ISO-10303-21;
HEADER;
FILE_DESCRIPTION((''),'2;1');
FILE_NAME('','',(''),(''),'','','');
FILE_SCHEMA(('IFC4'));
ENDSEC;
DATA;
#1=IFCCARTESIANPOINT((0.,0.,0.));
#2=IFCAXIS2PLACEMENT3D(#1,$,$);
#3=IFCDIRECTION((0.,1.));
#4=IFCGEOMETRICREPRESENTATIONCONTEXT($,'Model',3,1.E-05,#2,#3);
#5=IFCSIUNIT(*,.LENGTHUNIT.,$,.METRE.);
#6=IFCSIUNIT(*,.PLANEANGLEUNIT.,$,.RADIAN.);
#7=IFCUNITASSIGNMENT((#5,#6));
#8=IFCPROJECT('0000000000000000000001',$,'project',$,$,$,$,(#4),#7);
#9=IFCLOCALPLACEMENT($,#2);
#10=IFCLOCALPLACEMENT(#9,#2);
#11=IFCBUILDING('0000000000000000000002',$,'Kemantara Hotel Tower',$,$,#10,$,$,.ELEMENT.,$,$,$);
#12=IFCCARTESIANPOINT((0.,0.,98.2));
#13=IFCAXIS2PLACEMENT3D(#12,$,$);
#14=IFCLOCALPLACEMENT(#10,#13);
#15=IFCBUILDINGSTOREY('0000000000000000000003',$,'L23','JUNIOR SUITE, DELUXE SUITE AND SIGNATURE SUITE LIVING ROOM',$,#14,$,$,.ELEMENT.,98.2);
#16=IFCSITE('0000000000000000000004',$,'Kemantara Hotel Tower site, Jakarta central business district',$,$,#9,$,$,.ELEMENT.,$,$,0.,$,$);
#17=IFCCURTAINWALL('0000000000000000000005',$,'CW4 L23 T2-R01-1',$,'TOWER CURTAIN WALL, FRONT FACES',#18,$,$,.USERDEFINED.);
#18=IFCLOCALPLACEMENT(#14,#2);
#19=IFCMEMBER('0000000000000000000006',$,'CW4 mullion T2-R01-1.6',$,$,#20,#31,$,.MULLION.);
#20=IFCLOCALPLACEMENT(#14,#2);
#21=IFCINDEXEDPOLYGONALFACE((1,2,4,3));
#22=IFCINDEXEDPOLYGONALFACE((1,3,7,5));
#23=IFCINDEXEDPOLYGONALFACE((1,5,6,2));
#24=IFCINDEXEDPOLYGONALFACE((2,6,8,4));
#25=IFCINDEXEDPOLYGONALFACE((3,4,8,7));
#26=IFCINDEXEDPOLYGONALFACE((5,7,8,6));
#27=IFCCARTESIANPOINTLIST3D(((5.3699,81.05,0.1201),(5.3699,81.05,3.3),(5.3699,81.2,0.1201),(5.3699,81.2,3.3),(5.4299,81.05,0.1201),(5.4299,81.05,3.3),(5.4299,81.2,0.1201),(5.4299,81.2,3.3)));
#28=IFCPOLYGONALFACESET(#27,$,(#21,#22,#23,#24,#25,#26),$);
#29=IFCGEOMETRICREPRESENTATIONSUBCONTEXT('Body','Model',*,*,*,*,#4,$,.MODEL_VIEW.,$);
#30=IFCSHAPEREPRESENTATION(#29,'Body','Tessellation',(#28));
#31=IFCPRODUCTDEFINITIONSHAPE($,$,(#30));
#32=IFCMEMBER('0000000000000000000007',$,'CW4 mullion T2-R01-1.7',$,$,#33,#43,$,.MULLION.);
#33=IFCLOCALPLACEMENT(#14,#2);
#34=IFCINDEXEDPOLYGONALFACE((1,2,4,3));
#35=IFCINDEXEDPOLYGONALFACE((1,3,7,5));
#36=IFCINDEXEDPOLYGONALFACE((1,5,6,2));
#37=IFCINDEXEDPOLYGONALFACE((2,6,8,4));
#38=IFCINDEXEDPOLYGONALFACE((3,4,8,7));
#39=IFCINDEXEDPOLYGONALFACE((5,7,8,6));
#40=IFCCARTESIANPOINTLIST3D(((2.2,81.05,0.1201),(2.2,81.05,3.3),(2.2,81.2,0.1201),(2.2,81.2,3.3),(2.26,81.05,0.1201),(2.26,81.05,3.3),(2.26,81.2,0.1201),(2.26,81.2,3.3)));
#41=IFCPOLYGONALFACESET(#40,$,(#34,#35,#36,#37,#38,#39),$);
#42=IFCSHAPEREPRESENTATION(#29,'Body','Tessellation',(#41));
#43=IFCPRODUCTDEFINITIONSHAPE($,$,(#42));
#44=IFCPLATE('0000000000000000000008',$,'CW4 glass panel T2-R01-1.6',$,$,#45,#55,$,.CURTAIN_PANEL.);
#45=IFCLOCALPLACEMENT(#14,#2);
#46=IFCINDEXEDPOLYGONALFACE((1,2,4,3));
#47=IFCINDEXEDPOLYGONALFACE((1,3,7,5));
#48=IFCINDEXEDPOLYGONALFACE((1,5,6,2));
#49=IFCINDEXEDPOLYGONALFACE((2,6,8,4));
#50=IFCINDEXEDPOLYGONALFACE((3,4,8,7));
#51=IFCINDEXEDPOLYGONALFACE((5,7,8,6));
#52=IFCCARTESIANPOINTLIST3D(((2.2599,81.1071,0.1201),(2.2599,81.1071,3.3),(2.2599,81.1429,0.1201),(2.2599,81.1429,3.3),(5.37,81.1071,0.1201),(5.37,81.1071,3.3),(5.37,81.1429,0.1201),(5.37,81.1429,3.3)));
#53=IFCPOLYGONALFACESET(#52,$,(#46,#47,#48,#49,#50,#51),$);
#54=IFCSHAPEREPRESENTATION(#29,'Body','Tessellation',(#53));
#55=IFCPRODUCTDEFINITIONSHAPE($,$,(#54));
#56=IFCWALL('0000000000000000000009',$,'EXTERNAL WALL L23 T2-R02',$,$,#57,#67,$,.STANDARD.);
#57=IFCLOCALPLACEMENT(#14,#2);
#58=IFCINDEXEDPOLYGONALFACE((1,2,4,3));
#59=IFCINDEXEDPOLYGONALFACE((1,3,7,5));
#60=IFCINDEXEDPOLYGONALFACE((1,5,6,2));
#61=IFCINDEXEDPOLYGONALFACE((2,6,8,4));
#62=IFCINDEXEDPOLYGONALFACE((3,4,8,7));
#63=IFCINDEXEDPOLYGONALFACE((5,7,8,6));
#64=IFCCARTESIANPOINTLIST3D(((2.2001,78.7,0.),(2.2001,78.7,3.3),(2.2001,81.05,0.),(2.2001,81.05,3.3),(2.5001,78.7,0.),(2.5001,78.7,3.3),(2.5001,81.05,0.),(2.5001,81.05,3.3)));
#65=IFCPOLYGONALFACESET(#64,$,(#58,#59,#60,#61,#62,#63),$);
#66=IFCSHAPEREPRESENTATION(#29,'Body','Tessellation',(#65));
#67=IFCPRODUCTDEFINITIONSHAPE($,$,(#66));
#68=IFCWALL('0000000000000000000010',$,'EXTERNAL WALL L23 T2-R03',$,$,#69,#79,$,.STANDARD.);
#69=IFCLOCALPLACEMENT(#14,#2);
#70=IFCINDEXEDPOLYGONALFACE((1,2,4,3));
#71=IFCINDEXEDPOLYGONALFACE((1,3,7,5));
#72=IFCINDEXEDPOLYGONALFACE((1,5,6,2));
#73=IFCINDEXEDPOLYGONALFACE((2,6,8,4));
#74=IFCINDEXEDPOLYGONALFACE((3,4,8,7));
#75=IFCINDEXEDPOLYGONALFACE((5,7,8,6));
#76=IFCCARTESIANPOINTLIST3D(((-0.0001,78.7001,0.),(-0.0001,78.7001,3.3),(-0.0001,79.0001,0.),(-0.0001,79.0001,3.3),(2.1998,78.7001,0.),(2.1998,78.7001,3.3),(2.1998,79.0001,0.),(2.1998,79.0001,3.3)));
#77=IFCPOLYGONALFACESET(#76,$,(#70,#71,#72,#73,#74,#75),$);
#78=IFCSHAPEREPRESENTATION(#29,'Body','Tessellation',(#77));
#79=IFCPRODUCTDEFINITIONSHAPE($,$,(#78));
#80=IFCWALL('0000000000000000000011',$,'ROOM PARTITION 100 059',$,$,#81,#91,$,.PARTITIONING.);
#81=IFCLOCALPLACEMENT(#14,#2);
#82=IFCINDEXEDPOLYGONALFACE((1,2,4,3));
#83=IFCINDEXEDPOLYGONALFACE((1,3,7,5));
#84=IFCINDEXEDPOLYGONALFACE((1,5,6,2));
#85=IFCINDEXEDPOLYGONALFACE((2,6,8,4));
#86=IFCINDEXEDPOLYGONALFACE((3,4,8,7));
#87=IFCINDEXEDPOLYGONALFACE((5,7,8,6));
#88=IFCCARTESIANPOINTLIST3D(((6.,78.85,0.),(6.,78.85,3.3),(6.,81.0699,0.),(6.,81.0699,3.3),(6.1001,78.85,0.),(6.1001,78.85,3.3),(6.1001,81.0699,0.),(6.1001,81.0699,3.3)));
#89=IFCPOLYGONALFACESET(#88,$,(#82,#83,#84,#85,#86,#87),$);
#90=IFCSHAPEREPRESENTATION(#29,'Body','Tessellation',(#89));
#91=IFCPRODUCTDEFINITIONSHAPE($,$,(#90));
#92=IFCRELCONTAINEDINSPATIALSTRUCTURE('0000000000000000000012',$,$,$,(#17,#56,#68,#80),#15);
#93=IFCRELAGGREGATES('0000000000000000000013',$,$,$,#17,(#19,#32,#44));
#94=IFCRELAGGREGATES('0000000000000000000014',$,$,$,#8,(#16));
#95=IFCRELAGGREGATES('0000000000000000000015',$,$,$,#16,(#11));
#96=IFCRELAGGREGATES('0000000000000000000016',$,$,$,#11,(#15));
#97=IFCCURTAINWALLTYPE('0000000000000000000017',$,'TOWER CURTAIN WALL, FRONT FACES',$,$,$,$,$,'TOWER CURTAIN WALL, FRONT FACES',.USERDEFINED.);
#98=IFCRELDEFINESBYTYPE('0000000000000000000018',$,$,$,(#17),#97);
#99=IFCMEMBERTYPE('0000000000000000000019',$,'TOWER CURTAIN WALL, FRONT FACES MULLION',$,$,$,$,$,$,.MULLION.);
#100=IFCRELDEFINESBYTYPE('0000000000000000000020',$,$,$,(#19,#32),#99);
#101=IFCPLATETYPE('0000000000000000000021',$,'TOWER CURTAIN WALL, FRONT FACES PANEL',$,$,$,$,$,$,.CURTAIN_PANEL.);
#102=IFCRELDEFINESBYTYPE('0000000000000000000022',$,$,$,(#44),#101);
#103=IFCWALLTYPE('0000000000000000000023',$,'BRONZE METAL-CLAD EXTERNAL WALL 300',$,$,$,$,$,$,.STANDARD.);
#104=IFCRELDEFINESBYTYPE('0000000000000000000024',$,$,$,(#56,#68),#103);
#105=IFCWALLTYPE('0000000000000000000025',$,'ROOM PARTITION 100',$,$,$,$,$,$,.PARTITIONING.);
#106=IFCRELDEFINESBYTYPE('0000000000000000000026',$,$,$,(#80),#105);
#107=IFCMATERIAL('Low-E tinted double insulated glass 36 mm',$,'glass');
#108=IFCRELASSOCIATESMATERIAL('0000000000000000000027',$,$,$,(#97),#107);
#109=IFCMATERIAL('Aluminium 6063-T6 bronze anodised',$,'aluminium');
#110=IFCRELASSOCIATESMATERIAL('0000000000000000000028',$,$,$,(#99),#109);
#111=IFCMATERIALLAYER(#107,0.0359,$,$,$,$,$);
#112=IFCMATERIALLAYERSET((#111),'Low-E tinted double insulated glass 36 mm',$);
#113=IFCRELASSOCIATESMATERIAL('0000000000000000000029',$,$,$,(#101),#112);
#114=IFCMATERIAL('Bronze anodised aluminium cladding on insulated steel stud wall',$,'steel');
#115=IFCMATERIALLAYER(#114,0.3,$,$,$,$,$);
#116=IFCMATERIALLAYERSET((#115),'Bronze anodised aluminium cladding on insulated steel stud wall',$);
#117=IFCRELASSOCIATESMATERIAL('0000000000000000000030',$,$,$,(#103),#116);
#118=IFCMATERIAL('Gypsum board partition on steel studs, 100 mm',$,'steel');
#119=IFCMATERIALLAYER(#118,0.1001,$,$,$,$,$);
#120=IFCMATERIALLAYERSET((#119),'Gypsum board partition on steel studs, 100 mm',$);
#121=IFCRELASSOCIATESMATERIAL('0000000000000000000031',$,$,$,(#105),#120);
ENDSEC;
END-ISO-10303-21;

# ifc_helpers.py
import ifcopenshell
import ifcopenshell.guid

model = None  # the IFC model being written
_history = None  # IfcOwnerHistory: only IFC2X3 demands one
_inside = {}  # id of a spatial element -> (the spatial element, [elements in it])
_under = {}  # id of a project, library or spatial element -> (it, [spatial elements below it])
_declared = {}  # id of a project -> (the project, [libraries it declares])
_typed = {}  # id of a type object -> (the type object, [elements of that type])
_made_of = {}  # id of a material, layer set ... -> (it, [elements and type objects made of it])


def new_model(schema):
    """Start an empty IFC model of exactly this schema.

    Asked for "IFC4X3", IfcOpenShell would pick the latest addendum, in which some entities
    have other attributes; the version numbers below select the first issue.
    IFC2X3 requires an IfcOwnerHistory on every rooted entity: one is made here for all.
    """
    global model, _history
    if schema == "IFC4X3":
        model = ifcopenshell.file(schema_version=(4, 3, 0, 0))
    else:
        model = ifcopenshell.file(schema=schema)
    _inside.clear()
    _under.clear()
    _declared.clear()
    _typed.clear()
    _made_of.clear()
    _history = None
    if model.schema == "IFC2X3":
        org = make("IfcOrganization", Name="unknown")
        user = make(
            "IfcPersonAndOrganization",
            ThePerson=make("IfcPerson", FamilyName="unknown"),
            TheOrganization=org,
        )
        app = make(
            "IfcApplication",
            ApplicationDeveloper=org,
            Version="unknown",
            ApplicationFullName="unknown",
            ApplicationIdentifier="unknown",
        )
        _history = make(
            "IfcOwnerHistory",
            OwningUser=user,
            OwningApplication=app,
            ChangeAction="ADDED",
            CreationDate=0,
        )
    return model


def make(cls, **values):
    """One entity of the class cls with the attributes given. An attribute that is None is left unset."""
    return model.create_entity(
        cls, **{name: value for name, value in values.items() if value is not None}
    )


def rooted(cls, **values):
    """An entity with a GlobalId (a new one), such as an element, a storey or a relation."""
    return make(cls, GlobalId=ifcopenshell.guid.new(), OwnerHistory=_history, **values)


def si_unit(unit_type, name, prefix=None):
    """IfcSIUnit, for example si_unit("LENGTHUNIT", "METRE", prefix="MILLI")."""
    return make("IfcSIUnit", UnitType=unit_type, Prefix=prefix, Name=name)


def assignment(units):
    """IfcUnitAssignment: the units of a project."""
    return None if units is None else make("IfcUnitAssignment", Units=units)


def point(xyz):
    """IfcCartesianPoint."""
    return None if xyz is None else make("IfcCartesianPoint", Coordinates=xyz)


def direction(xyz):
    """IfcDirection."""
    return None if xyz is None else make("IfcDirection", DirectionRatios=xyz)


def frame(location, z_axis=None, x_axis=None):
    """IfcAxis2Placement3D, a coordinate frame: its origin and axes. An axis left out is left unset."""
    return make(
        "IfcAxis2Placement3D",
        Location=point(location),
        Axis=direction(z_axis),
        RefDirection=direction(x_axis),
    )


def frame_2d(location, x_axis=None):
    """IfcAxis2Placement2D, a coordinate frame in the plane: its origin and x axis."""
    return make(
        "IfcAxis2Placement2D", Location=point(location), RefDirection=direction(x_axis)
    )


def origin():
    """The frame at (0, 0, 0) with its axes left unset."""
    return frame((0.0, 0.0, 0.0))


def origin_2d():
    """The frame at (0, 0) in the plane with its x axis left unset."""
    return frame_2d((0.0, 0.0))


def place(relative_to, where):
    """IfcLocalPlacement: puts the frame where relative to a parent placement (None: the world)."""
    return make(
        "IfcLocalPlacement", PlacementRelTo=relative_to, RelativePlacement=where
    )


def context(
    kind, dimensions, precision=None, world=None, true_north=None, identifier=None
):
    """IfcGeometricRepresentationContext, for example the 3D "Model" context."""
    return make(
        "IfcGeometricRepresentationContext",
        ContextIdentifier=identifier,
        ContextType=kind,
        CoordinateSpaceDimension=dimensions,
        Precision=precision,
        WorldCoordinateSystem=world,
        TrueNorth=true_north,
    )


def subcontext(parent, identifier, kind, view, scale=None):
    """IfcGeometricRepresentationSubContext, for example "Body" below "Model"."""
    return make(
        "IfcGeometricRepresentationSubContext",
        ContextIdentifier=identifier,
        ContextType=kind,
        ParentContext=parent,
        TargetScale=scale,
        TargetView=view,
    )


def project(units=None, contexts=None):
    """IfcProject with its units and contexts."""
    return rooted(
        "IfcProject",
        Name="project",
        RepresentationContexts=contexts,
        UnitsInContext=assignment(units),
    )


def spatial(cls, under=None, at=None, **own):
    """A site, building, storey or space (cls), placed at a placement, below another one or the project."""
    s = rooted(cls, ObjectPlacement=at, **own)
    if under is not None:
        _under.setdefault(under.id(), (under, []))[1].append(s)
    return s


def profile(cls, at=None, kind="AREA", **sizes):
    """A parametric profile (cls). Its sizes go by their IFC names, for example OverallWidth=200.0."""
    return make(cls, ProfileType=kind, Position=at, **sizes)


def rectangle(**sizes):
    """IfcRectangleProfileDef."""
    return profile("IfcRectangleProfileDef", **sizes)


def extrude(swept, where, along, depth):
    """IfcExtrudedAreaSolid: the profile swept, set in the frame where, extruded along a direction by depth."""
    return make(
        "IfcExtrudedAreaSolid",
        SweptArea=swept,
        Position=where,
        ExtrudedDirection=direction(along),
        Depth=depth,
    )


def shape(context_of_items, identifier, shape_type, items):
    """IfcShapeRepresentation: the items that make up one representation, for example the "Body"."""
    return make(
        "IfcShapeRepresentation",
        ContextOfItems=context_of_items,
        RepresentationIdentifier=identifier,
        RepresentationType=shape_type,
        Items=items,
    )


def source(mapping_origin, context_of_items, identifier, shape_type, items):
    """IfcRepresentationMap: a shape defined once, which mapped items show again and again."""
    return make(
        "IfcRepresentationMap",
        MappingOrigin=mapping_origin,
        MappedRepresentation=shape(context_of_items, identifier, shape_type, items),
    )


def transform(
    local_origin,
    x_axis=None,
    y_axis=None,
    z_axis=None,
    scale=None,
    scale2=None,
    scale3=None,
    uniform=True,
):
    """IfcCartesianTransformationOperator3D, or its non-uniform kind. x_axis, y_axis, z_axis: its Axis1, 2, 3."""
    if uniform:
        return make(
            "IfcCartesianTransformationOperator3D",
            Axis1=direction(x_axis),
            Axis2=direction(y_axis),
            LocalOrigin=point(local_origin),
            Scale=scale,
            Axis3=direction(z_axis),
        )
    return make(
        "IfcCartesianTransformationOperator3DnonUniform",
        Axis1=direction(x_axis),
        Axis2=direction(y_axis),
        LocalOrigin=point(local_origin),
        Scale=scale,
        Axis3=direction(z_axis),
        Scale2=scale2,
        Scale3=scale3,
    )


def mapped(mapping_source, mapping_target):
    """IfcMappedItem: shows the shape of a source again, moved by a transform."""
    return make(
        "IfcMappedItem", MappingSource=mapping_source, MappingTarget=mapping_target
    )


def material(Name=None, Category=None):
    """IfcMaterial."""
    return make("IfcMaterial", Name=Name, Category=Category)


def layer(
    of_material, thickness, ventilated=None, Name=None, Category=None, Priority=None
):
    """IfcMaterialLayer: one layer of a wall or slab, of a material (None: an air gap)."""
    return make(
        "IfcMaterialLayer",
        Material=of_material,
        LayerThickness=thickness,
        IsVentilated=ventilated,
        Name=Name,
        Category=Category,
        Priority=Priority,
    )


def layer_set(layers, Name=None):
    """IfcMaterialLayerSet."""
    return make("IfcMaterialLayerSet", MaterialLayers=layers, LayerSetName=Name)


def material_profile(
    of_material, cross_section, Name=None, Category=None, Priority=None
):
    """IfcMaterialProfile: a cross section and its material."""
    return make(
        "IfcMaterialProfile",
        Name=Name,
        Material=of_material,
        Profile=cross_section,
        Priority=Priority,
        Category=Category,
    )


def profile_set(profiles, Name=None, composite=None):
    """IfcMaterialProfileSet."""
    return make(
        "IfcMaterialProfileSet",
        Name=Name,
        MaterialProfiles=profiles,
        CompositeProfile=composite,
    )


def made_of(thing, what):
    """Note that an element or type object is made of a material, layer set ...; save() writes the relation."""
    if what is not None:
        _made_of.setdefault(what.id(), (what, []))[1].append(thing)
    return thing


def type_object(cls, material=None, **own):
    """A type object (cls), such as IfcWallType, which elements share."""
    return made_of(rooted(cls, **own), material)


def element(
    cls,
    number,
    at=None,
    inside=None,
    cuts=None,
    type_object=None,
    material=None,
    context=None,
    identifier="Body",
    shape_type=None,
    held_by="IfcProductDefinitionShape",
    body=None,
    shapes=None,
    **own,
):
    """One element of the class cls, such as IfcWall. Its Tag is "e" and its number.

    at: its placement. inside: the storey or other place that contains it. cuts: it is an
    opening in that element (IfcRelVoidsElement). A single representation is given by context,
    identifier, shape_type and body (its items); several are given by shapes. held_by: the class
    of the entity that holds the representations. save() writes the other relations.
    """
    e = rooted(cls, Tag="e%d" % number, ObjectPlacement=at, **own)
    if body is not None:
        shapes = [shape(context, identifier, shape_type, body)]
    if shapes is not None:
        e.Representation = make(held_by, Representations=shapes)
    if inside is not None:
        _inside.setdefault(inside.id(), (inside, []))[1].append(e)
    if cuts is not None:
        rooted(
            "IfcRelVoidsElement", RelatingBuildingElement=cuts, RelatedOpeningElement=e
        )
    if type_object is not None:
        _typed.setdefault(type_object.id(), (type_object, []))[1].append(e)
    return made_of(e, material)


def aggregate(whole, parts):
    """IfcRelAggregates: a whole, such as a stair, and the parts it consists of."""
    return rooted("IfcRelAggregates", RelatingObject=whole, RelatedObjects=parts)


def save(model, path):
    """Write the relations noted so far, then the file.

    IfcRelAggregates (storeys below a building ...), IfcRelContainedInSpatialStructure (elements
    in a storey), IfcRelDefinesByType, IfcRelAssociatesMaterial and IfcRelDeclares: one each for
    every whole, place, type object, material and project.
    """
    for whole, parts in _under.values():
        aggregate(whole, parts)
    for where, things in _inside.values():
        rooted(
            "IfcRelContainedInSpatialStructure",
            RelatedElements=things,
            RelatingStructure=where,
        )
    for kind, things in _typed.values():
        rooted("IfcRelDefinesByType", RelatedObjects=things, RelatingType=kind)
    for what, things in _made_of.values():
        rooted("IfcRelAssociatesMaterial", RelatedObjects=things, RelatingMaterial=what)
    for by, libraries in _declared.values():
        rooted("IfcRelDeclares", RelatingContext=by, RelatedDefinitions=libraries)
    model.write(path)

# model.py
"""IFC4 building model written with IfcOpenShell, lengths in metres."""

from ifc_helpers import new_model, si_unit, direction, frame, frame_2d, origin, origin_2d, place, context, subcontext, project, spatial, rectangle, extrude, source, transform, mapped, material, layer, layer_set, material_profile, profile_set, type_object, element, aggregate, save


model = new_model("IFC4")

# Units and contexts
model_context = context("Model", 3, precision=1e-05, world=origin(), true_north=direction((0.0, 1.0)))
body_context = subcontext(model_context, "Body", "Model", "MODEL_VIEW")
ifc_project = project(units=[si_unit("LENGTHUNIT", "METRE"), si_unit("PLANEANGLEUNIT", "RADIAN")], contexts=[model_context])

# Site, building, storey
site_placement = place(None, origin())
site = spatial("IfcSite", under=ifc_project, at=site_placement, Name="Kemantara Hotel Tower site, Jakarta central business district", CompositionType="ELEMENT", RefElevation=0.0)
building_placement = place(site_placement, origin())
building = spatial("IfcBuilding", under=site, at=building_placement, Name="Kemantara Hotel Tower", CompositionType="ELEMENT")
storey_placement = place(building_placement, frame((0.0, 0.0, 98.2)))
storey = spatial("IfcBuildingStorey", under=building, at=storey_placement, Name="L23", Description="JUNIOR SUITE, DELUXE SUITE AND SIGNATURE SUITE LIVING ROOM", CompositionType="ELEMENT", Elevation=98.2)

# Curtain wall, members, plate
ifc_material_1 = material(Name="Low-E tinted double insulated glass 36 mm", Category="glass")
curtain_wall_type = type_object("IfcCurtainWallType", Name="TOWER CURTAIN WALL, FRONT FACES", ElementType="TOWER CURTAIN WALL, FRONT FACES", PredefinedType="USERDEFINED", material=ifc_material_1)
curtain_wall_placement = place(storey_placement, origin())
curtain_wall = element("IfcCurtainWall", 1, at=curtain_wall_placement, inside=storey, type_object=curtain_wall_type, Name="CW4 L23 T2-R01-1", ObjectType="TOWER CURTAIN WALL, FRONT FACES", PredefinedType="USERDEFINED")
ifc_material_2 = material(Name="Aluminium 6063-T6 bronze anodised", Category="aluminium")
ifc_material_profile = material_profile(ifc_material_2, rectangle(XDim=0.1499, YDim=0.0601, at=origin_2d()), Name="TOWER CURTAIN WALL, FRONT FACES MULLION")
ifc_profile_set = profile_set([ifc_material_profile], Name="Aluminium 6063-T6 bronze anodised")
member_type = type_object("IfcMemberType", Name="TOWER CURTAIN WALL, FRONT FACES MULLION", PredefinedType="MULLION", material=ifc_profile_set)
shared_shape_1 = source(origin(), body_context, "Body", "SweptSolid", [
    extrude(rectangle(XDim=0.1499, YDim=0.0601, at=origin_2d()), origin(), (0.0, 0.0, 1.0), 3.1799),
])
member_1_placement = place(storey_placement, frame((5.3999, 81.125, 0.1201), z_axis=(0.0, 0.0, 1.0), x_axis=(0.0, -1.0, 0.0)))
member_1 = element("IfcMember", 2, at=member_1_placement, type_object=member_type, Name="CW4 mullion T2-R01-1.6", PredefinedType="MULLION", context=body_context, shape_type="MappedRepresentation", body=[
    mapped(shared_shape_1, transform((0.0, 0.0, 0.0))),
])
member_2_placement = place(storey_placement, frame((2.23, 81.125, 0.1201), z_axis=(0.0, 0.0, 1.0), x_axis=(0.0, -1.0, 0.0)))
member_2 = element("IfcMember", 3, at=member_2_placement, type_object=member_type, Name="CW4 mullion T2-R01-1.7", PredefinedType="MULLION", context=body_context, shape_type="MappedRepresentation", body=[
    mapped(shared_shape_1, transform((0.0, 0.0, 0.0))),
])
ifc_layer_1 = layer(ifc_material_1, 0.0359)
ifc_layer_set_1 = layer_set([ifc_layer_1], Name="Low-E tinted double insulated glass 36 mm")
plate_type = type_object("IfcPlateType", Name="TOWER CURTAIN WALL, FRONT FACES PANEL", PredefinedType="CURTAIN_PANEL", material=ifc_layer_set_1)
shared_shape_2 = source(origin(), body_context, "Body", "SweptSolid", [
    extrude(rectangle(XDim=3.1101, YDim=0.0359, at=origin_2d()), origin(), (0.0, 0.0, 1.0), 3.1799),
])
plate_placement = place(storey_placement, frame((3.8149, 81.125, 0.1201), z_axis=(0.0, 0.0, 1.0), x_axis=(-1.0, 0.0, 0.0)))
plate = element("IfcPlate", 4, at=plate_placement, type_object=plate_type, Name="CW4 glass panel T2-R01-1.6", PredefinedType="CURTAIN_PANEL", context=body_context, shape_type="MappedRepresentation", body=[
    mapped(shared_shape_2, transform((0.0, 0.0, 0.0))),
])
aggregate(curtain_wall, [member_1, member_2, plate])

# Walls
ifc_material_3 = material(Name="Bronze anodised aluminium cladding on insulated steel stud wall", Category="steel")
ifc_layer_2 = layer(ifc_material_3, 0.3)
ifc_layer_set_2 = layer_set([ifc_layer_2], Name="Bronze anodised aluminium cladding on insulated steel stud wall")
wall_type_1 = type_object("IfcWallType", Name="BRONZE METAL-CLAD EXTERNAL WALL 300", PredefinedType="STANDARD", material=ifc_layer_set_2)
wall_1_placement = place(storey_placement, frame((2.3501, 81.05, 0.0), z_axis=(0.0, 0.0, 1.0), x_axis=(0.0, -1.0, 0.0)))
element("IfcWall", 5, at=wall_1_placement, inside=storey, type_object=wall_type_1, Name="EXTERNAL WALL L23 T2-R02", PredefinedType="STANDARD", context=body_context, shape_type="SweptSolid", body=[
    extrude(rectangle(XDim=2.3501, YDim=0.3, at=frame_2d((1.175, 0.0))), origin(), (0.0, 0.0, 1.0), 3.3),
])
wall_2_placement = place(storey_placement, frame((2.2, 78.8501, 0.0), z_axis=(0.0, 0.0, 1.0), x_axis=(-1.0, 0.0, 0.0)))
element("IfcWall", 6, at=wall_2_placement, inside=storey, type_object=wall_type_1, Name="EXTERNAL WALL L23 T2-R03", PredefinedType="STANDARD", context=body_context, shape_type="SweptSolid", body=[
    extrude(rectangle(XDim=2.2, YDim=0.3, at=frame_2d((1.1001, 0.0))), origin(), (0.0, 0.0, 1.0), 3.3),
])
ifc_material_4 = material(Name="Gypsum board partition on steel studs, 100 mm", Category="steel")
ifc_layer_3 = layer(ifc_material_4, 0.1001)
ifc_layer_set_3 = layer_set([ifc_layer_3], Name="Gypsum board partition on steel studs, 100 mm")
wall_type_2 = type_object("IfcWallType", Name="ROOM PARTITION 100", PredefinedType="PARTITIONING", material=ifc_layer_set_3)
wall_3_placement = place(storey_placement, frame((6.05, 78.8501, 0.0), z_axis=(0.0, 0.0, 1.0), x_axis=(0.0, 1.0, 0.0)))
element("IfcWall", 7, at=wall_3_placement, inside=storey, type_object=wall_type_2, Name="ROOM PARTITION 100 059", PredefinedType="PARTITIONING", context=body_context, shape_type="SweptSolid", body=[
    extrude(rectangle(XDim=2.22, YDim=0.1001, at=frame_2d((1.1099, 0.0))), origin(), (0.0, 0.0, 1.0), 3.3),
])

save(model, "model.ifc")
